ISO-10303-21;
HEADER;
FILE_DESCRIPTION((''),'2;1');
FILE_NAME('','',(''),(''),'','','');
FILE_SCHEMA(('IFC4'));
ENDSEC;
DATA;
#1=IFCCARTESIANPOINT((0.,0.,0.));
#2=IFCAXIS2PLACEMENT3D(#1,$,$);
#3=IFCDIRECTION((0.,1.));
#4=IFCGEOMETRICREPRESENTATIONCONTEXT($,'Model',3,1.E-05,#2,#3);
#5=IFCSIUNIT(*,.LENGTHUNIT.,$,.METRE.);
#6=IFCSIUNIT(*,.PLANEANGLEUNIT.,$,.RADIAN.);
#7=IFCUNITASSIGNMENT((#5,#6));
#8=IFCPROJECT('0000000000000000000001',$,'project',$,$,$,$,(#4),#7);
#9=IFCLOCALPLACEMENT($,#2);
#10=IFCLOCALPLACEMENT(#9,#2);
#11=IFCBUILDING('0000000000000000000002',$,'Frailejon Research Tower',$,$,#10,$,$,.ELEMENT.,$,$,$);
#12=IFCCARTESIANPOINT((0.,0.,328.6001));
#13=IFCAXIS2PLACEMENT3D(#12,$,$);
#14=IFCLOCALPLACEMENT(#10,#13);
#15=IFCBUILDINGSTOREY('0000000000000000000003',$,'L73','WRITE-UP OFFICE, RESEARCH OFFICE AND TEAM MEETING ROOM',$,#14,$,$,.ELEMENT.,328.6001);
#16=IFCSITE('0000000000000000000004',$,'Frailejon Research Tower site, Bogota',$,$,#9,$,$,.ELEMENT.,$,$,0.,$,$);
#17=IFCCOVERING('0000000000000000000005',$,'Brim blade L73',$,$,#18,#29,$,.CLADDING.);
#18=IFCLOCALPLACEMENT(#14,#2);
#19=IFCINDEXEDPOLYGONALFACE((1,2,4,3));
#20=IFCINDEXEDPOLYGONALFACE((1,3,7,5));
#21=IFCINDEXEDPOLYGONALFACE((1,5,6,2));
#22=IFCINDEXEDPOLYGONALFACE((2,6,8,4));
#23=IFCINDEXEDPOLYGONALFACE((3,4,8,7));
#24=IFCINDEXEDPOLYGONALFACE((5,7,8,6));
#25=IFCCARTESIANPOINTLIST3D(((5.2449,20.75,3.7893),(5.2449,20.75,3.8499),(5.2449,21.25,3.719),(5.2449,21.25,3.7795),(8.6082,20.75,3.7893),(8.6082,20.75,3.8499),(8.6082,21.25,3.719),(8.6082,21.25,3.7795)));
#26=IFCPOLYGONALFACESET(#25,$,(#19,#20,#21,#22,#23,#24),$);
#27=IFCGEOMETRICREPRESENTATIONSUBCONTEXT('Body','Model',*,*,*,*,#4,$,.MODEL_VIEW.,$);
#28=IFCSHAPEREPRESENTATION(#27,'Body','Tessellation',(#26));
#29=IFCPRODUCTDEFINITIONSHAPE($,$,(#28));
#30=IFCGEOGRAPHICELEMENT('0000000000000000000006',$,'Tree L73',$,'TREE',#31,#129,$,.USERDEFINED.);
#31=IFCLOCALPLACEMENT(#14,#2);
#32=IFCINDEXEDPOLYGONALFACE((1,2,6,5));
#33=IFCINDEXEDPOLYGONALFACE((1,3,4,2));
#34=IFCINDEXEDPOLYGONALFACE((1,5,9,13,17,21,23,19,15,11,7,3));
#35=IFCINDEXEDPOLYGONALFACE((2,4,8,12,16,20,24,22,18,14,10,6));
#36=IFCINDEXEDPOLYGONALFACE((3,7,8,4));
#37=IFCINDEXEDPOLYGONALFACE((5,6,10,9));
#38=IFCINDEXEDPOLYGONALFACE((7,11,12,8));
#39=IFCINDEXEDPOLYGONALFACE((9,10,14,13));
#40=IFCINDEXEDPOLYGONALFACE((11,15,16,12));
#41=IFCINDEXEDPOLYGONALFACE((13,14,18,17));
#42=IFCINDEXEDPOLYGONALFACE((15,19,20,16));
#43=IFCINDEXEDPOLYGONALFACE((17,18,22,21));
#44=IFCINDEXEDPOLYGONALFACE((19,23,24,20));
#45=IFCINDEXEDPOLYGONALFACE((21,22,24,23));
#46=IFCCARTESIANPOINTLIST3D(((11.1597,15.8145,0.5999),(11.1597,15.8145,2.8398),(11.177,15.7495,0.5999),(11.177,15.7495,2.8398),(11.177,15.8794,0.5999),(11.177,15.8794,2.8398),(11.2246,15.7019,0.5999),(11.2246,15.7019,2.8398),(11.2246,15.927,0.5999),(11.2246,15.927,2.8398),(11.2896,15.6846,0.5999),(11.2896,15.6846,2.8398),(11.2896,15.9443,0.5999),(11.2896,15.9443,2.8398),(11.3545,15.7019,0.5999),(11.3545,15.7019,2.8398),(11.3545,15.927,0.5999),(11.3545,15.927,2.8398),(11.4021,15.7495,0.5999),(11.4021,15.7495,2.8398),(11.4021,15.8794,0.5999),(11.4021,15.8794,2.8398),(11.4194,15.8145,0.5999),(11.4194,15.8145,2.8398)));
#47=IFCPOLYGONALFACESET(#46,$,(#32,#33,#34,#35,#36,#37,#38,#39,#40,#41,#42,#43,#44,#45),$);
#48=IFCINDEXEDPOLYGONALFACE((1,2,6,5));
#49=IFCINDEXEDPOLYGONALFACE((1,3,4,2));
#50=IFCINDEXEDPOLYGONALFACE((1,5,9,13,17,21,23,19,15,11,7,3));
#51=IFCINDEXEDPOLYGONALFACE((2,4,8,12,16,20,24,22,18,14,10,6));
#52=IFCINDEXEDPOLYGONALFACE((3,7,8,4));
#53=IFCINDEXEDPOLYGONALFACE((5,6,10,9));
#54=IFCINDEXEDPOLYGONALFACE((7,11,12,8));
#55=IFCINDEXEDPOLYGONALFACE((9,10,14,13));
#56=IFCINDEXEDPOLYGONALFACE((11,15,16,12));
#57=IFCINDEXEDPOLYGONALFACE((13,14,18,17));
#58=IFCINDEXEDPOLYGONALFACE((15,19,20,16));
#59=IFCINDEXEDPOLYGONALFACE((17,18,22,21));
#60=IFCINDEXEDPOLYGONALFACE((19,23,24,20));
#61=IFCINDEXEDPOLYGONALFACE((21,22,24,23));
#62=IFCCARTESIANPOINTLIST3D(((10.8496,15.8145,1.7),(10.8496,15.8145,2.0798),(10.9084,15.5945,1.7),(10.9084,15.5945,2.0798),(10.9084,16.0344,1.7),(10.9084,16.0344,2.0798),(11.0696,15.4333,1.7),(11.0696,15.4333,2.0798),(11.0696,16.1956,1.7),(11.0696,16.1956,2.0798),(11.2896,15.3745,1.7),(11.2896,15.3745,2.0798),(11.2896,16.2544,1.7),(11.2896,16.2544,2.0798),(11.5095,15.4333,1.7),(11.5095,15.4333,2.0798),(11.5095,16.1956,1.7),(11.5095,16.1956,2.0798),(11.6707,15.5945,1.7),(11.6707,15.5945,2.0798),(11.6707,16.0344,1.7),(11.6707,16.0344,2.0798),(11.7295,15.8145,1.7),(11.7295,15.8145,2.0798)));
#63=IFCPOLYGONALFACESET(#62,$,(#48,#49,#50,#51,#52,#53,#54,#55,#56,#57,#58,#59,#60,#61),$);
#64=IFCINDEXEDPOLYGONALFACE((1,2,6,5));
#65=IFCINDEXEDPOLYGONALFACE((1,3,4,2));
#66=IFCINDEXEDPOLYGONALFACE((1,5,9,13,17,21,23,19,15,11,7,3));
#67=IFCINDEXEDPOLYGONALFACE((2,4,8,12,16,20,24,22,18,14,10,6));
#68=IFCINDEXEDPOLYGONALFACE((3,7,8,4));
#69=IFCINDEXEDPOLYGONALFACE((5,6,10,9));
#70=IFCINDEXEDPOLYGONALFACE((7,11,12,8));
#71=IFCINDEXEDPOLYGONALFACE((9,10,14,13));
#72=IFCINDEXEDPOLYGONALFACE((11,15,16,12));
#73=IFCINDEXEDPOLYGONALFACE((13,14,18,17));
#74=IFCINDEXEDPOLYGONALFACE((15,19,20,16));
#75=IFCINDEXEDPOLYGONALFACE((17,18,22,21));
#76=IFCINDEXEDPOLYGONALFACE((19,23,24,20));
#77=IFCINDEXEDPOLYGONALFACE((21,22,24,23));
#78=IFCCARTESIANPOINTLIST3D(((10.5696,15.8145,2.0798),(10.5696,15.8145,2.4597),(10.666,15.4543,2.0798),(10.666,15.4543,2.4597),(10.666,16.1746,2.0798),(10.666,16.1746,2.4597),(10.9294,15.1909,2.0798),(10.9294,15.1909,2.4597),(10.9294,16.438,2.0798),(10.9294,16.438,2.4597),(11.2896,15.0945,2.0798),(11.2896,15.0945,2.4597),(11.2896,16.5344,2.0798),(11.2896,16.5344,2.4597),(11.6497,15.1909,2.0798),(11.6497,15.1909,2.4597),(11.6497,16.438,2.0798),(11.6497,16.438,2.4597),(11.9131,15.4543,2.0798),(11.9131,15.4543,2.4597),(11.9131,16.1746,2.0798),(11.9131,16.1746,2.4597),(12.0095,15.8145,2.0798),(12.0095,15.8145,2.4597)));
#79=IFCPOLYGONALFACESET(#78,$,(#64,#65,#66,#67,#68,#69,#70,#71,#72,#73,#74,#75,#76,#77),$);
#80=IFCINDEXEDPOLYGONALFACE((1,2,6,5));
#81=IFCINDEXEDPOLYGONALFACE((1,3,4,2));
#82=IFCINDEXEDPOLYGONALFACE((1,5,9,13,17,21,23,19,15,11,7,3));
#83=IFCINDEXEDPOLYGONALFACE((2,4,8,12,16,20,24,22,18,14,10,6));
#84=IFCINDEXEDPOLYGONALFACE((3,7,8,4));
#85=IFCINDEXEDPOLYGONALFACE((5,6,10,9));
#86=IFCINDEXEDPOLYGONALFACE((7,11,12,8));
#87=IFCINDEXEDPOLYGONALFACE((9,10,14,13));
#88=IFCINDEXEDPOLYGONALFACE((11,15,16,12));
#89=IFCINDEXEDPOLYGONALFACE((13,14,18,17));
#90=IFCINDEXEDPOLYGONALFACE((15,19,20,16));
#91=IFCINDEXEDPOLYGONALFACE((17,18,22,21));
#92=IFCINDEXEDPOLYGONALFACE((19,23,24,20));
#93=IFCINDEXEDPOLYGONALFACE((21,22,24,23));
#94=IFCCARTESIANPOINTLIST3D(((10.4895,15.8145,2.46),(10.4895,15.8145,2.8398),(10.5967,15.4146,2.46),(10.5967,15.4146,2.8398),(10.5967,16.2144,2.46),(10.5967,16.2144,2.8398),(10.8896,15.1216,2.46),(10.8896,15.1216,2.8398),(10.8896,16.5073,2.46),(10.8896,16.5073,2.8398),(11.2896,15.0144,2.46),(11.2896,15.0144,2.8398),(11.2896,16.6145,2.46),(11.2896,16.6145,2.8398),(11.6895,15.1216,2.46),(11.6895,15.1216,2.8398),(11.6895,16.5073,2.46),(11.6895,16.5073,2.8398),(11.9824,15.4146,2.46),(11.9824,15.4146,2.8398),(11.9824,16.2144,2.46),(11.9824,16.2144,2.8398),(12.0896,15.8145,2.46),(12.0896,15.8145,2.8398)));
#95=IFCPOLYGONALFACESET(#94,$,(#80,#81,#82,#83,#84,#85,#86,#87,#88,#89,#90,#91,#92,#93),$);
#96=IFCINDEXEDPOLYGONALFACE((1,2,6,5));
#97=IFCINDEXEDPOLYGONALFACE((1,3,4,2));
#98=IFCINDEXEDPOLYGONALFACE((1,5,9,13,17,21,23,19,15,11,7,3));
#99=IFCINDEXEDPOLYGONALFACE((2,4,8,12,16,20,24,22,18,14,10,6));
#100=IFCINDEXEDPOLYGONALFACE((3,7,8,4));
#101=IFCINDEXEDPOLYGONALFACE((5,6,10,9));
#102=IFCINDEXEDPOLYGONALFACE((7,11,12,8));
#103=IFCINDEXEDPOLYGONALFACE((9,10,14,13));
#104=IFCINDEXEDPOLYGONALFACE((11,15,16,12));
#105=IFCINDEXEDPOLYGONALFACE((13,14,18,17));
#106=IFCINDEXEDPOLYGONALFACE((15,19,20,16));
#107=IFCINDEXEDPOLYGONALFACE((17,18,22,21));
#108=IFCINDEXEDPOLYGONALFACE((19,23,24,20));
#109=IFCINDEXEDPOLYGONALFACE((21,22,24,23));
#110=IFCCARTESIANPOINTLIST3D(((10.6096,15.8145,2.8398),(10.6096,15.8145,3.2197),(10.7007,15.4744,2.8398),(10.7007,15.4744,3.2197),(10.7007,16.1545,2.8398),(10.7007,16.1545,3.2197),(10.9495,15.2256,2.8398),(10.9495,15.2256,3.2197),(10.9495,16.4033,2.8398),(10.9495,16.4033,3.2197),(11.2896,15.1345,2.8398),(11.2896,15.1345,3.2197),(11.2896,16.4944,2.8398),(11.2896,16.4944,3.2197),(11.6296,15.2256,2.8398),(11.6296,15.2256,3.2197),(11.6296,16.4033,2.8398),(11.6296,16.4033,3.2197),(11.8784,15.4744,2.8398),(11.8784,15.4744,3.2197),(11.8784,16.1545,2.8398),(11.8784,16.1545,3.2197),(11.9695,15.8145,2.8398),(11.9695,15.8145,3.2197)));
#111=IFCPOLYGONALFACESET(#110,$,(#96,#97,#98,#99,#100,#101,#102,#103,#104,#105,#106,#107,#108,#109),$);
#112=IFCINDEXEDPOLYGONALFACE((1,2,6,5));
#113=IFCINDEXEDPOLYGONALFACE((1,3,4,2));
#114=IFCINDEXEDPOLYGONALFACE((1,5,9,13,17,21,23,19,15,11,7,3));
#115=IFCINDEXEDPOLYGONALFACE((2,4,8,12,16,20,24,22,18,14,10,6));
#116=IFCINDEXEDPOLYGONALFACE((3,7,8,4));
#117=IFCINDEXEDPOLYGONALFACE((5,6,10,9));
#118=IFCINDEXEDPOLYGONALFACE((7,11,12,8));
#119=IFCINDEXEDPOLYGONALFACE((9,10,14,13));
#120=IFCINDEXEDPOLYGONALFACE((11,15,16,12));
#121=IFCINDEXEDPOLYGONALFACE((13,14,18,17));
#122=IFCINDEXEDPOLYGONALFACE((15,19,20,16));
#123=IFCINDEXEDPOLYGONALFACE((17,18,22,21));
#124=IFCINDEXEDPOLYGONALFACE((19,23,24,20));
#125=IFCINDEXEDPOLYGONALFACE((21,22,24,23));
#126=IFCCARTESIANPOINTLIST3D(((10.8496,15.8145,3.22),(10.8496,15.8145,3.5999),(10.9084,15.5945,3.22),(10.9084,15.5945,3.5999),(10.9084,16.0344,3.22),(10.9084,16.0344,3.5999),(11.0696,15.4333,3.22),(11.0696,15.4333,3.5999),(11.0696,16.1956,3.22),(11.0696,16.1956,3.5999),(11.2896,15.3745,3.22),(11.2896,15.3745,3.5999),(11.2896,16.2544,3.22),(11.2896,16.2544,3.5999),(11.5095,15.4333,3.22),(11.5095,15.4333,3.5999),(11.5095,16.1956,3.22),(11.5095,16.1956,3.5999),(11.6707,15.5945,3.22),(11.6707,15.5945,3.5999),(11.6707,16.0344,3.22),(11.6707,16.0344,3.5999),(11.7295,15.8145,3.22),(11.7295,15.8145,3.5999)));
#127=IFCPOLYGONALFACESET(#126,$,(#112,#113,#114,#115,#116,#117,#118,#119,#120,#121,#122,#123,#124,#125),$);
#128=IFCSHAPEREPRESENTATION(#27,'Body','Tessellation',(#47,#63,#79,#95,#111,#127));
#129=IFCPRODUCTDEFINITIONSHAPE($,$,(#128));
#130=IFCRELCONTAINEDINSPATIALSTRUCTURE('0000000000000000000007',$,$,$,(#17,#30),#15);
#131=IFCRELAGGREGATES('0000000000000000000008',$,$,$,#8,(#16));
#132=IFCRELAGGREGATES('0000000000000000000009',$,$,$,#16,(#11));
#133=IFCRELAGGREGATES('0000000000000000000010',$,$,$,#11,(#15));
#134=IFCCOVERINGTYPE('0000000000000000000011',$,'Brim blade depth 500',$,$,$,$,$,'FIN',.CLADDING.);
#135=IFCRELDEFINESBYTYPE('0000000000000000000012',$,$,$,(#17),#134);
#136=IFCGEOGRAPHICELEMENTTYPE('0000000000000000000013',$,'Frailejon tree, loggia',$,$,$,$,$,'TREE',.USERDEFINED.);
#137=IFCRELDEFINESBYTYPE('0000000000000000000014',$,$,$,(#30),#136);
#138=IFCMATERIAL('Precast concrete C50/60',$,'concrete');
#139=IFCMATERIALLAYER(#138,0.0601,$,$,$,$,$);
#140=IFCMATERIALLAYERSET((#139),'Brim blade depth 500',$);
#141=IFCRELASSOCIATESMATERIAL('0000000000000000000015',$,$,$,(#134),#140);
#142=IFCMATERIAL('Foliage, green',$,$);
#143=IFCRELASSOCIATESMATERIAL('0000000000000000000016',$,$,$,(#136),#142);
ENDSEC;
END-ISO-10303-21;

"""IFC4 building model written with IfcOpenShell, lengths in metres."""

from ifc_helpers import new_model, si_unit, direction, frame, origin, place, context, subcontext, project, spatial, polyline, outline, extrude, material, layer, layer_set, type_object, element, save


model = new_model("IFC4")

# Units and contexts
model_context = context("Model", 3, precision=1e-05, world=origin(), true_north=direction((0.0, 1.0)))
body_context = subcontext(model_context, "Body", "Model", "MODEL_VIEW")
ifc_project = project(units=[si_unit("LENGTHUNIT", "METRE"), si_unit("PLANEANGLEUNIT", "RADIAN")], contexts=[model_context])

# Site, building, storey
site_placement = place(None, origin())
site = spatial("IfcSite", under=ifc_project, at=site_placement, Name="Frailejon Research Tower site, Bogota", CompositionType="ELEMENT", RefElevation=0.0)
building_placement = place(site_placement, origin())
building = spatial("IfcBuilding", under=site, at=building_placement, Name="Frailejon Research Tower", CompositionType="ELEMENT")
storey_placement = place(building_placement, frame((0.0, 0.0, 328.6001)))
storey = spatial("IfcBuildingStorey", under=building, at=storey_placement, Name="L73", Description="WRITE-UP OFFICE, RESEARCH OFFICE AND TEAM MEETING ROOM", CompositionType="ELEMENT", Elevation=328.6001)

# Covering
ifc_material_1 = material(Name="Precast concrete C50/60", Category="concrete")
ifc_layer_1 = layer(ifc_material_1, 0.0601)
ifc_layer_set_1 = layer_set([ifc_layer_1], Name="Brim blade depth 500")
covering_type_1 = type_object("IfcCoveringType", Name="Brim blade depth 500", ElementType="FIN", PredefinedType="CLADDING", material=ifc_layer_set_1)
covering_1_placement = place(storey_placement, frame((5.2449, 20.75, 3.8499), z_axis=(1.0, 0.0, 0.0), x_axis=(0.0, 1.0, 0.0)))
element("IfcCovering", 1, at=covering_1_placement, inside=storey, type_object=covering_type_1, Name="Brim blade L73", PredefinedType="CLADDING", context=body_context, shape_type="SweptSolid", body=[
    extrude(outline(polyline([(0.0, -0.0605), (0.5, -0.1309), (0.5, -0.0703), (0.0, 0.0), (0.0, -0.0605)])), origin(), (0.0, 0.0, 1.0), 3.3633),
])

# Geographic element
ifc_material_2 = material(Name="Foliage, green")
geographic_element_type = type_object("IfcGeographicElementType", Name="Frailejon tree, loggia", ElementType="TREE", PredefinedType="USERDEFINED", material=ifc_material_2)
geographic_element_placement = place(storey_placement, frame((11.2896, 15.8145, 0.5999)))
element("IfcGeographicElement", 2, at=geographic_element_placement, inside=storey, type_object=geographic_element_type, Name="Tree L73", ObjectType="TREE", PredefinedType="USERDEFINED", context=body_context, shape_type="SweptSolid", body=[
    extrude(outline(polyline([(0.1299, 0.0), (0.1125, 0.0649), (0.0649, 0.1125), (0.0, 0.1299), (-0.0649, 0.1125), (-0.1125, 0.0649), (-0.1299, 0.0), (-0.1125, -0.0649), (-0.0649, -0.1125), (0.0, -0.1299), (0.0649, -0.1125), (0.1125, -0.0649), (0.1299, 0.0)])), origin(), (0.0, 0.0, 1.0), 2.24),
    extrude(outline(polyline([(0.4399, 0.0), (0.3811, 0.22), (0.22, 0.3811), (0.0, 0.4399), (-0.22, 0.3811), (-0.3811, 0.22), (-0.4399, 0.0), (-0.3811, -0.22), (-0.22, -0.3811), (0.0, -0.4399), (0.22, -0.3811), (0.3811, -0.22), (0.4399, 0.0)])), frame((0.0, 0.0, 1.1001)), (0.0, 0.0, 1.0), 0.3799),
    extrude(outline(polyline([(0.72, 0.0), (0.6235, 0.3601), (0.3601, 0.6235), (0.0, 0.72), (-0.3601, 0.6235), (-0.6235, 0.3601), (-0.72, 0.0), (-0.6235, -0.3601), (-0.3601, -0.6235), (0.0, -0.72), (0.3601, -0.6235), (0.6235, -0.3601), (0.72, 0.0)])), frame((0.0, 0.0, 1.48)), (0.0, 0.0, 1.0), 0.3799),
    extrude(outline(polyline([(0.8, 0.0), (0.6929, 0.3999), (0.3999, 0.6929), (0.0, 0.8), (-0.3999, 0.6929), (-0.6929, 0.3999), (-0.8, 0.0), (-0.6929, -0.3999), (-0.3999, -0.6929), (0.0, -0.8), (0.3999, -0.6929), (0.6929, -0.3999), (0.8, 0.0)])), frame((0.0, 0.0, 1.8601)), (0.0, 0.0, 1.0), 0.3799),
    extrude(outline(polyline([(0.6799, 0.0), (0.5889, 0.3401), (0.3401, 0.5889), (0.0, 0.6799), (-0.3401, 0.5889), (-0.5889, 0.3401), (-0.6799, 0.0), (-0.5889, -0.3401), (-0.3401, -0.5889), (0.0, -0.6799), (0.3401, -0.5889), (0.5889, -0.3401), (0.6799, 0.0)])), frame((0.0, 0.0, 2.24)), (0.0, 0.0, 1.0), 0.3799),
    extrude(outline(polyline([(0.4399, 0.0), (0.3811, 0.22), (0.22, 0.3811), (0.0, 0.4399), (-0.22, 0.3811), (-0.3811, 0.22), (-0.4399, 0.0), (-0.3811, -0.22), (-0.22, -0.3811), (0.0, -0.4399), (0.22, -0.3811), (0.3811, -0.22), (0.4399, 0.0)])), frame((0.0, 0.0, 2.6201)), (0.0, 0.0, 1.0), 0.3799),
])

save(model, "model.ifc")
